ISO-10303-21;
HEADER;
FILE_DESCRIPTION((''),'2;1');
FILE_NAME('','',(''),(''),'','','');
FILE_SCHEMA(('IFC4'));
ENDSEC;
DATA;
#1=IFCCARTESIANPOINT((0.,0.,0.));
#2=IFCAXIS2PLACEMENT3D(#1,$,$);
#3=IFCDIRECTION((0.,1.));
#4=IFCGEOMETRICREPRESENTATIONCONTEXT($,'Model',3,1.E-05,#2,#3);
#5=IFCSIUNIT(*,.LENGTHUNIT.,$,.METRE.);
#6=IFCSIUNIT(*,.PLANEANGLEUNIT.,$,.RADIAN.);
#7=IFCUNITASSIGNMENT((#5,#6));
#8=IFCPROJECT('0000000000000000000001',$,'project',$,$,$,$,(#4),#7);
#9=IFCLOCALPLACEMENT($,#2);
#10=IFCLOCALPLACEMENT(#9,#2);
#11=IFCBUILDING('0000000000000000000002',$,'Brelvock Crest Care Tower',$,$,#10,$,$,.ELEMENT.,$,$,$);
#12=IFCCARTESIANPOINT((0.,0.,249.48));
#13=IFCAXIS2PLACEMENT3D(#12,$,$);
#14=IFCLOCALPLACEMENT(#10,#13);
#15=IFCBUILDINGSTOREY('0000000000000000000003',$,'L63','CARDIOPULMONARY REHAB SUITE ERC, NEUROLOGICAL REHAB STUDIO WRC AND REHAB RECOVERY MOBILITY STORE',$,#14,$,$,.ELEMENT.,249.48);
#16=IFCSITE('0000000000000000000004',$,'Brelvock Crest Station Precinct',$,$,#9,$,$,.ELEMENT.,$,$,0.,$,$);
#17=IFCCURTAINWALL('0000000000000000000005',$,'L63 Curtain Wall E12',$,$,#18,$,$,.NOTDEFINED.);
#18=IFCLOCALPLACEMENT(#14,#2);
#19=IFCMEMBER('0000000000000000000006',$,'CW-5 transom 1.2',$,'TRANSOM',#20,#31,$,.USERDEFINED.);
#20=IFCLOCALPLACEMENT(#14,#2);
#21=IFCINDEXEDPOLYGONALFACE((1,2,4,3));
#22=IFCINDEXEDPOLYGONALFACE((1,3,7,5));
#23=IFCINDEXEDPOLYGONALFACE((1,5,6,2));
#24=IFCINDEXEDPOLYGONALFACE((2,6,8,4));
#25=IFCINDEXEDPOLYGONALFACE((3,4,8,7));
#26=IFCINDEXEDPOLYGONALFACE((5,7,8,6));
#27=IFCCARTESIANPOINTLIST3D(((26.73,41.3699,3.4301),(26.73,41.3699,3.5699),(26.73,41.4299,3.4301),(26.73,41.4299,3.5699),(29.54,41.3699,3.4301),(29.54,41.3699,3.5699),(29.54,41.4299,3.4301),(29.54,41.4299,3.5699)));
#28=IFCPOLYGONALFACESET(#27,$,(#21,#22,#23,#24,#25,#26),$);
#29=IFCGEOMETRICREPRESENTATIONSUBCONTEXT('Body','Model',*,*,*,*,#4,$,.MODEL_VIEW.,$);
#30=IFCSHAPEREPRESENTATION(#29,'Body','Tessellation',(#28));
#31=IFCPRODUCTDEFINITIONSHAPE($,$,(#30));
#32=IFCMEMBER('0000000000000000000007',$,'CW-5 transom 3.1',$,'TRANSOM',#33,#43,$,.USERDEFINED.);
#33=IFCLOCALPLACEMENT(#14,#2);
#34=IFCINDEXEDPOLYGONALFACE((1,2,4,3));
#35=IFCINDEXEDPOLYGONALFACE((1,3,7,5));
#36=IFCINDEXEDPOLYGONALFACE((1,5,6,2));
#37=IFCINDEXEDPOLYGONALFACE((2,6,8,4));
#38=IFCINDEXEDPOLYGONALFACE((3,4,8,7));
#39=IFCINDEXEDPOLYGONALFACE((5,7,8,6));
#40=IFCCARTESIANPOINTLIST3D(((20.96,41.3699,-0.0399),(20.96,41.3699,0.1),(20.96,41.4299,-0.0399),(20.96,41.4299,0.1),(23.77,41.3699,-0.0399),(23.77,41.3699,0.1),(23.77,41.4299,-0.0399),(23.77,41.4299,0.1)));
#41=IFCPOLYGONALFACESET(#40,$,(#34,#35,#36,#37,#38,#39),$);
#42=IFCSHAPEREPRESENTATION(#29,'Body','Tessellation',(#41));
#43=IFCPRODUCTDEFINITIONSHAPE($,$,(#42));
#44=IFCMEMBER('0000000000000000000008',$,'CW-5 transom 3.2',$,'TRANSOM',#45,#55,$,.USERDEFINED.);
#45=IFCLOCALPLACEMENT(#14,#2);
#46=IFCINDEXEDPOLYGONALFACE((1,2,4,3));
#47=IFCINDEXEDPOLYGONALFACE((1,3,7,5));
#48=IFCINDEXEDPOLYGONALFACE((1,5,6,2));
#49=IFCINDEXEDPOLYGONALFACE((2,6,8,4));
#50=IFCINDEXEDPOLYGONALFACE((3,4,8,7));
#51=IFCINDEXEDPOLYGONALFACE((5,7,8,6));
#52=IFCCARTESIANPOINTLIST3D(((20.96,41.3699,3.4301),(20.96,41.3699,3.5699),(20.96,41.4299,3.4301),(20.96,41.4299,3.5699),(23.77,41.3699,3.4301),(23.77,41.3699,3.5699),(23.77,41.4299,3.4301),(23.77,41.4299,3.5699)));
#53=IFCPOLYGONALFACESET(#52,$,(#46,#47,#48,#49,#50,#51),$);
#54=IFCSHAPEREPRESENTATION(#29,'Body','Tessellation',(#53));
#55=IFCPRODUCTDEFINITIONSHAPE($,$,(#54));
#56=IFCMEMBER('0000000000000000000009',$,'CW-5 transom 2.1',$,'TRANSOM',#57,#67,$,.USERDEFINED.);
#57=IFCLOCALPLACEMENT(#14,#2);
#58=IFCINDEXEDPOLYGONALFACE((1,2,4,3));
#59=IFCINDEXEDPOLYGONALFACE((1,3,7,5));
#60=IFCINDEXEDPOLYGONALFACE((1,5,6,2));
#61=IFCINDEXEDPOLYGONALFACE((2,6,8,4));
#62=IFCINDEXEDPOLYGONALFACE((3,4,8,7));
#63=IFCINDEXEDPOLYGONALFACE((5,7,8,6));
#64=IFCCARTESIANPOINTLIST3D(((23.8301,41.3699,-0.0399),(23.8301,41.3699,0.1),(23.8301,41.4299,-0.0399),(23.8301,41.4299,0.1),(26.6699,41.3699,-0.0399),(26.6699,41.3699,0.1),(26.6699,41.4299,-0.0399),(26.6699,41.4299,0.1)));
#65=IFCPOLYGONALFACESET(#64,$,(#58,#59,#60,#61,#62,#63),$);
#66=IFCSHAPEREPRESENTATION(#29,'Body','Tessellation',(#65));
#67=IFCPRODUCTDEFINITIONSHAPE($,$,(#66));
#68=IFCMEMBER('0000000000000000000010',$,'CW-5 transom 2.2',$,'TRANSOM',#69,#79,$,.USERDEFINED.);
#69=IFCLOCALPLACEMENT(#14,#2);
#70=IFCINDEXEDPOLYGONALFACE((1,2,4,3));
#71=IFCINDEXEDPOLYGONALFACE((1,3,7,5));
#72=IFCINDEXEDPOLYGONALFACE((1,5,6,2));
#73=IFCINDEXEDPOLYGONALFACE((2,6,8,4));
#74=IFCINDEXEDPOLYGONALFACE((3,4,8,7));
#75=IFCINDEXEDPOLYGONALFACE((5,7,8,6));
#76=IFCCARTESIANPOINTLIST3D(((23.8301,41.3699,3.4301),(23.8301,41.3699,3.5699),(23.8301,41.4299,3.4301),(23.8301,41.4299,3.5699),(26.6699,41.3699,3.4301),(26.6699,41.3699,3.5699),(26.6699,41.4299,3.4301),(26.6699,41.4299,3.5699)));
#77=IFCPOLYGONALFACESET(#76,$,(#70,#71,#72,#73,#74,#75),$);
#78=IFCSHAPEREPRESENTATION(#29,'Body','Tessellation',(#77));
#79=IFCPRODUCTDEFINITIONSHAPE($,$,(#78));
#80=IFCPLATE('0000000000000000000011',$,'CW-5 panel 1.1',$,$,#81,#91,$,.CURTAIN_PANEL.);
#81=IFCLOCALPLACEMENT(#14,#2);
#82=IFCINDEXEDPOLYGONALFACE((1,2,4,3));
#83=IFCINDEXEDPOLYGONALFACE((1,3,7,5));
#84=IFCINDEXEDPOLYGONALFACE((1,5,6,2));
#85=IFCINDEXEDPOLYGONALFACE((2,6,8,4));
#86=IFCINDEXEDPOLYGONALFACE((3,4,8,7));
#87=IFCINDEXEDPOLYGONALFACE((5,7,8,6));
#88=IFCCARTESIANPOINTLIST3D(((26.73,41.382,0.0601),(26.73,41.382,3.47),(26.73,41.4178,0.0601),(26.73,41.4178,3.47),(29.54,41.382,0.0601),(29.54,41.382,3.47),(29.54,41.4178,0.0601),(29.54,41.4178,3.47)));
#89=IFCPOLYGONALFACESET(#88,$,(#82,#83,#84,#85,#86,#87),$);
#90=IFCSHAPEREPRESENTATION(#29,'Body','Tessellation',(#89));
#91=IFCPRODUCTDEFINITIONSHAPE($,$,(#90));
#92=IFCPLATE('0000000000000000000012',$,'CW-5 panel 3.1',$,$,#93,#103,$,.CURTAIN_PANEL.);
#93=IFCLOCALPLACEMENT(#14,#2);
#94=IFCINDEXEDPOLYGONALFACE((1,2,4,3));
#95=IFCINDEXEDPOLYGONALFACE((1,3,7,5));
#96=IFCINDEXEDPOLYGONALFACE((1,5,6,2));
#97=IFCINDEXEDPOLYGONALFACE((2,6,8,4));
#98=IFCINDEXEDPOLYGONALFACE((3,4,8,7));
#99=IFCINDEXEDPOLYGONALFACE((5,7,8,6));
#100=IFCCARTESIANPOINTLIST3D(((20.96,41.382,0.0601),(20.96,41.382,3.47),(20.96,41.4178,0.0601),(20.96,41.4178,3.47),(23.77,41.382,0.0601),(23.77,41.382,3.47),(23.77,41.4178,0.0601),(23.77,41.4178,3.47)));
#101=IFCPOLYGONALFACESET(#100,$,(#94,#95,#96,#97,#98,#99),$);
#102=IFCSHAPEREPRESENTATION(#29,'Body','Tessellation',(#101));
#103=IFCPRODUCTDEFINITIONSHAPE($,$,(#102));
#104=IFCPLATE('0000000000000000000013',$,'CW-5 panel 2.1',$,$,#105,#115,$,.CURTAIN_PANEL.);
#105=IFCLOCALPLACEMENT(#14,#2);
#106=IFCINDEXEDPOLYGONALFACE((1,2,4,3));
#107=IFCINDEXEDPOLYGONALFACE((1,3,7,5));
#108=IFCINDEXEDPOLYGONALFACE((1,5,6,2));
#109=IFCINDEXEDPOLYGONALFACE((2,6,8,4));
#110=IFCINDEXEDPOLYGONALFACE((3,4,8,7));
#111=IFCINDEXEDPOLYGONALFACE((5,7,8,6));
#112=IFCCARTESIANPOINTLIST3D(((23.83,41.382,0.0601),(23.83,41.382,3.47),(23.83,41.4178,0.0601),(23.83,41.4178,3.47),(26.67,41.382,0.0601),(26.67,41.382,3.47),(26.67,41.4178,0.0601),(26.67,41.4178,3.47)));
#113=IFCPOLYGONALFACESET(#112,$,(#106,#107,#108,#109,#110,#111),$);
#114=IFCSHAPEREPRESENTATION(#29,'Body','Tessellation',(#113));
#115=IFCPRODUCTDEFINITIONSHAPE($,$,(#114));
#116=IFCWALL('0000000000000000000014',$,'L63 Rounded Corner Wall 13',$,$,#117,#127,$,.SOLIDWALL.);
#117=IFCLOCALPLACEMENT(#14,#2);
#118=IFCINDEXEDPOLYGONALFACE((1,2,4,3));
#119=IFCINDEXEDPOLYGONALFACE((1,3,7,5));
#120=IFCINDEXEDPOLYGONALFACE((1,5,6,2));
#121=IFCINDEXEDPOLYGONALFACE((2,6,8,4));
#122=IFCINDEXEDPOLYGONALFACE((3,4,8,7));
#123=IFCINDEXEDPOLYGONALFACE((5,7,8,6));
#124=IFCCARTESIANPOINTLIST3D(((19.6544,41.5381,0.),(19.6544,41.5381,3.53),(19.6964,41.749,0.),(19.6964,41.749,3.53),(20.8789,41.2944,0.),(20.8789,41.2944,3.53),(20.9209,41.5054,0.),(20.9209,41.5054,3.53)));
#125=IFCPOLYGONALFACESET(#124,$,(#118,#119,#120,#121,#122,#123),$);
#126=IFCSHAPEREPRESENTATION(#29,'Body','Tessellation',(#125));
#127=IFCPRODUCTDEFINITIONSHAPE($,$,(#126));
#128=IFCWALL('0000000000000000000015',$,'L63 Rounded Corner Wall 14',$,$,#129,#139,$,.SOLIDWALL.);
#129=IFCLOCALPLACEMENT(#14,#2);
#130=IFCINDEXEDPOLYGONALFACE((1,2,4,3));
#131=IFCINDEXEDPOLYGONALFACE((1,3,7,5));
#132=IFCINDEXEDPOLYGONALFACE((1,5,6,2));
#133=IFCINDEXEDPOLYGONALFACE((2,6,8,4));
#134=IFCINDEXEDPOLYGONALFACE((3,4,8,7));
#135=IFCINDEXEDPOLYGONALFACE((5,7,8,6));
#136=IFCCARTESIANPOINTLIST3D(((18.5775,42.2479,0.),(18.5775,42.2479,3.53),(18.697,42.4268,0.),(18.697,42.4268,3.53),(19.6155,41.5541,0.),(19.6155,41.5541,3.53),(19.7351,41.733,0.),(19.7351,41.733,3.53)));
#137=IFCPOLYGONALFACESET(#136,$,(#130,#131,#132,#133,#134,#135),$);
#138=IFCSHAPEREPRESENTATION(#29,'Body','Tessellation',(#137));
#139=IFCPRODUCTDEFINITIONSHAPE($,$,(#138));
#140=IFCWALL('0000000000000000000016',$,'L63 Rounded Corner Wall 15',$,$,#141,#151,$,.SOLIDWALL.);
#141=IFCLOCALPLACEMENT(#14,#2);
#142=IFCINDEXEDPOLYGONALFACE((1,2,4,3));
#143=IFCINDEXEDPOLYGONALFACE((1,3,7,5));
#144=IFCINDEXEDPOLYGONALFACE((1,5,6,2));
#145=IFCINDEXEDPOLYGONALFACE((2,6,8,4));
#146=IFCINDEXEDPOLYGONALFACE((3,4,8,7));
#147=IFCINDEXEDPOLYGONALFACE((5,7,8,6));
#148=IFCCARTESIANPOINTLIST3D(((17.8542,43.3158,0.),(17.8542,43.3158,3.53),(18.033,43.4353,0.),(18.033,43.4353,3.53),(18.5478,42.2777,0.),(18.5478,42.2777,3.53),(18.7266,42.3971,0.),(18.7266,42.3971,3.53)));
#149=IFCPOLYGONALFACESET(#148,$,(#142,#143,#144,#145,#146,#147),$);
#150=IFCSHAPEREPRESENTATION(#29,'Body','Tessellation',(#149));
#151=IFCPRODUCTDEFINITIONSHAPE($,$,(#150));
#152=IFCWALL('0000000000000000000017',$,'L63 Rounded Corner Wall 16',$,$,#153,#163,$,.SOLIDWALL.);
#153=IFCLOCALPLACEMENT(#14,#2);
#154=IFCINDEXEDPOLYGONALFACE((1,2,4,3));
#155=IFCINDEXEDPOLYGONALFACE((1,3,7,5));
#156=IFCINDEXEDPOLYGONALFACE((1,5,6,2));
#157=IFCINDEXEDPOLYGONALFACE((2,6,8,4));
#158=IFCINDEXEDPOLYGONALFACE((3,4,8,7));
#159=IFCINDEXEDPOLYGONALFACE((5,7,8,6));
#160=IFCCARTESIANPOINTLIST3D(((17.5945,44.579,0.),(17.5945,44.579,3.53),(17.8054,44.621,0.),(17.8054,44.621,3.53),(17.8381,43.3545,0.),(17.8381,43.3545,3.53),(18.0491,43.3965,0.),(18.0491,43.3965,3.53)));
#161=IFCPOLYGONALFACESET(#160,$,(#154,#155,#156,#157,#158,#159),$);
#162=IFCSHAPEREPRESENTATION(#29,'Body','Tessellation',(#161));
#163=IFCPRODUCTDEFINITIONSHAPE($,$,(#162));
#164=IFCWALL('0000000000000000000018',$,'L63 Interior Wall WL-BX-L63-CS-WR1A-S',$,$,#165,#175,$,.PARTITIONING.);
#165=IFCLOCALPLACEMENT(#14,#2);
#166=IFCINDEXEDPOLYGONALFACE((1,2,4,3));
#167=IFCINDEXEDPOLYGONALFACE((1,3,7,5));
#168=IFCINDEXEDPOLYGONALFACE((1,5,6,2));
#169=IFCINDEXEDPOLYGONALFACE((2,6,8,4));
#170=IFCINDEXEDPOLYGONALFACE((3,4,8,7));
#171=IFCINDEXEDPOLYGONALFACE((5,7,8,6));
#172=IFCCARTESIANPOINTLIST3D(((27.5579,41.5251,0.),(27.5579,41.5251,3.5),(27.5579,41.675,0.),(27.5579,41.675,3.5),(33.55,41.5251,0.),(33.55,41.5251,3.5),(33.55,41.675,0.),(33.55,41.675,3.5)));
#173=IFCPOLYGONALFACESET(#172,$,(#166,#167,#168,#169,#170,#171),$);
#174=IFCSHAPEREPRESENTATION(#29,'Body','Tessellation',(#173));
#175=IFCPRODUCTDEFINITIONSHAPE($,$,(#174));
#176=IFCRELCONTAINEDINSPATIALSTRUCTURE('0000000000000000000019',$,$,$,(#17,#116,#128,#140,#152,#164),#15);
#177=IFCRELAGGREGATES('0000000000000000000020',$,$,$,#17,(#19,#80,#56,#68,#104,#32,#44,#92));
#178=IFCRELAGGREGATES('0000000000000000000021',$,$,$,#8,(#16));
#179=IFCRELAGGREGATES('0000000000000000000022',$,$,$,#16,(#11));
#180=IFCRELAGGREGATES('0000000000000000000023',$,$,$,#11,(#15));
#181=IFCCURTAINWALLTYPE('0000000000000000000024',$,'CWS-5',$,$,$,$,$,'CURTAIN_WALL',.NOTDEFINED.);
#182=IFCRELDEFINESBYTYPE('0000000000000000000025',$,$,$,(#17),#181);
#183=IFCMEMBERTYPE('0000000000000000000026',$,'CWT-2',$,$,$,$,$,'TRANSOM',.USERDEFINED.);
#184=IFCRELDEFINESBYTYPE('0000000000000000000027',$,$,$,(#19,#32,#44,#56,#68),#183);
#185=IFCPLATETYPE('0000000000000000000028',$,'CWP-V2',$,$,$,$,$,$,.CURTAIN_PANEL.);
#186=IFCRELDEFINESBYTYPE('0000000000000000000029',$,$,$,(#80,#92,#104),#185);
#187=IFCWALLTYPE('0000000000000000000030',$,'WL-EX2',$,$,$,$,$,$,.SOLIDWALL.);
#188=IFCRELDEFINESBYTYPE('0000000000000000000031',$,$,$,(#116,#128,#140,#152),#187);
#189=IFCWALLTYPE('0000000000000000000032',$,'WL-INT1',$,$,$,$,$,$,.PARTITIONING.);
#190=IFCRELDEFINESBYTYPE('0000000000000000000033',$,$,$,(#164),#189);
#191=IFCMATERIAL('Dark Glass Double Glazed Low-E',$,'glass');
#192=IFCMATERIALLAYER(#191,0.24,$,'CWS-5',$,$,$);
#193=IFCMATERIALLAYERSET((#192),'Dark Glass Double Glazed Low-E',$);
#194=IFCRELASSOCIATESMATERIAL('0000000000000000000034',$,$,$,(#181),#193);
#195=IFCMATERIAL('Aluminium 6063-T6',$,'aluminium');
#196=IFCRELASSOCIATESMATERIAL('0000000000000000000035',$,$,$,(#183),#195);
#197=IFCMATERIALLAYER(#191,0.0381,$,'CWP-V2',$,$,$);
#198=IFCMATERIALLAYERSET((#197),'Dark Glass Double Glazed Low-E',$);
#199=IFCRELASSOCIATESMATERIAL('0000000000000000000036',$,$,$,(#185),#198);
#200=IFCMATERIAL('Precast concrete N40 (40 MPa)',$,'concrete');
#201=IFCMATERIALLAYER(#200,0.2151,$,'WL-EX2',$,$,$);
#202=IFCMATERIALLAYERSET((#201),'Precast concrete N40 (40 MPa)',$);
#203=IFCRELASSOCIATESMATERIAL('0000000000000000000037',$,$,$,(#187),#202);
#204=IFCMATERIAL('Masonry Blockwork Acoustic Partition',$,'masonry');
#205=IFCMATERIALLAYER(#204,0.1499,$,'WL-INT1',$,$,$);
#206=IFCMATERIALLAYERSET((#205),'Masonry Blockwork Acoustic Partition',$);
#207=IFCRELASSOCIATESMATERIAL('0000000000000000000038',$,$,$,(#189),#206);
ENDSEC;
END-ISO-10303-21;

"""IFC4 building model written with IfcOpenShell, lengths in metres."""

from ifc_helpers import new_model, si_unit, direction, frame, frame_2d, origin, origin_2d, place, context, subcontext, project, spatial, rectangle, extrude, source, transform, mapped, material, layer, layer_set, material_profile, profile_set, type_object, element, aggregate, save


model = new_model("IFC4")

# Units and contexts
model_context = context("Model", 3, precision=1e-05, world=origin(), true_north=direction((0.0, 1.0)))
body_context = subcontext(model_context, "Body", "Model", "MODEL_VIEW")
ifc_project = project(units=[si_unit("LENGTHUNIT", "METRE"), si_unit("PLANEANGLEUNIT", "RADIAN")], contexts=[model_context])

# Site, building, storey
site_placement = place(None, origin())
site = spatial("IfcSite", under=ifc_project, at=site_placement, Name="Brelvock Crest Station Precinct", CompositionType="ELEMENT", RefElevation=0.0)
building_placement = place(site_placement, origin())
building = spatial("IfcBuilding", under=site, at=building_placement, Name="Brelvock Crest Care Tower", CompositionType="ELEMENT")
storey_placement = place(building_placement, frame((0.0, 0.0, 249.48)))
storey = spatial("IfcBuildingStorey", under=building, at=storey_placement, Name="L63", Description="CARDIOPULMONARY REHAB SUITE ERC, NEUROLOGICAL REHAB STUDIO WRC AND REHAB RECOVERY MOBILITY STORE", CompositionType="ELEMENT", Elevation=249.48)

# Shared definitions
ifc_material_1 = material(Name="Dark Glass Double Glazed Low-E", Category="glass")
ifc_layer_1 = layer(ifc_material_1, 0.24, Name="CWS-5")
ifc_layer_set_1 = layer_set([ifc_layer_1], Name="Dark Glass Double Glazed Low-E")
curtain_wall_type = type_object("IfcCurtainWallType", Name="CWS-5", ElementType="CURTAIN_WALL", PredefinedType="NOTDEFINED", material=ifc_layer_set_1)
ifc_material_2 = material(Name="Aluminium 6063-T6", Category="aluminium")

# Curtain wall, members, plates
curtain_wall_1_placement = place(storey_placement, origin())
curtain_wall_1 = element("IfcCurtainWall", 1, at=curtain_wall_1_placement, inside=storey, type_object=curtain_wall_type, Name="L63 Curtain Wall E12", PredefinedType="NOTDEFINED")
ifc_material_profile_1 = material_profile(ifc_material_2, rectangle(XDim=0.0601, YDim=0.1399, at=origin_2d()), Name="ALU60x140")
ifc_profile_set_1 = profile_set([ifc_material_profile_1], Name="Aluminium 6063-T6")
member_type_1 = type_object("IfcMemberType", Name="CWT-2", ElementType="TRANSOM", PredefinedType="USERDEFINED", material=ifc_profile_set_1)
shared_shape_1 = source(origin(), body_context, "Body", "SweptSolid", [
    extrude(rectangle(XDim=0.0601, YDim=0.1399, at=origin_2d()), origin(), (0.0, 0.0, 1.0), 2.8101),
])
member_1_placement = place(storey_placement, frame((29.54, 41.3999, 3.5), z_axis=(-1.0, 0.0, 0.0), x_axis=(0.0, -1.0, 0.0)))
member_1 = element("IfcMember", 2, at=member_1_placement, type_object=member_type_1, Name="CW-5 transom 1.2", ObjectType="TRANSOM", PredefinedType="USERDEFINED", context=body_context, shape_type="MappedRepresentation", body=[
    mapped(shared_shape_1, transform((0.0, 0.0, 0.0), x_axis=(1.0, 0.0, 0.0), y_axis=(0.0, 1.0, 0.0), z_axis=(0.0, 0.0, 1.0), scale=1.0)),
])
member_2_placement = place(storey_placement, frame((23.77, 41.3999, 0.03), z_axis=(-1.0, 0.0, 0.0), x_axis=(0.0, -1.0, 0.0)))
member_2 = element("IfcMember", 3, at=member_2_placement, type_object=member_type_1, Name="CW-5 transom 3.1", ObjectType="TRANSOM", PredefinedType="USERDEFINED", context=body_context, shape_type="MappedRepresentation", body=[
    mapped(shared_shape_1, transform((0.0, 0.0, 0.0), x_axis=(1.0, 0.0, 0.0), y_axis=(0.0, 1.0, 0.0), z_axis=(0.0, 0.0, 1.0), scale=1.0)),
])
member_3_placement = place(storey_placement, frame((23.77, 41.3999, 3.5), z_axis=(-1.0, 0.0, 0.0), x_axis=(0.0, -1.0, 0.0)))
member_3 = element("IfcMember", 4, at=member_3_placement, type_object=member_type_1, Name="CW-5 transom 3.2", ObjectType="TRANSOM", PredefinedType="USERDEFINED", context=body_context, shape_type="MappedRepresentation", body=[
    mapped(shared_shape_1, transform((0.0, 0.0, 0.0), x_axis=(1.0, 0.0, 0.0), y_axis=(0.0, 1.0, 0.0), z_axis=(0.0, 0.0, 1.0), scale=1.0)),
])
shared_shape_2 = source(origin(), body_context, "Body", "SweptSolid", [
    extrude(rectangle(XDim=0.0601, YDim=0.1399, at=origin_2d()), origin(), (0.0, 0.0, 1.0), 2.8398),
])
member_4_placement = place(storey_placement, frame((26.6699, 41.3999, 0.03), z_axis=(-1.0, 0.0, 0.0), x_axis=(0.0, -1.0, 0.0)))
member_4 = element("IfcMember", 5, at=member_4_placement, type_object=member_type_1, Name="CW-5 transom 2.1", ObjectType="TRANSOM", PredefinedType="USERDEFINED", context=body_context, shape_type="MappedRepresentation", body=[
    mapped(shared_shape_2, transform((0.0, 0.0, 0.0), x_axis=(1.0, 0.0, 0.0), y_axis=(0.0, 1.0, 0.0), z_axis=(0.0, 0.0, 1.0), scale=1.0)),
])
member_5_placement = place(storey_placement, frame((26.6699, 41.3999, 3.5), z_axis=(-1.0, 0.0, 0.0), x_axis=(0.0, -1.0, 0.0)))
member_5 = element("IfcMember", 6, at=member_5_placement, type_object=member_type_1, Name="CW-5 transom 2.2", ObjectType="TRANSOM", PredefinedType="USERDEFINED", context=body_context, shape_type="MappedRepresentation", body=[
    mapped(shared_shape_2, transform((0.0, 0.0, 0.0), x_axis=(1.0, 0.0, 0.0), y_axis=(0.0, 1.0, 0.0), z_axis=(0.0, 0.0, 1.0), scale=1.0)),
])
ifc_layer_2 = layer(ifc_material_1, 0.0381, Name="CWP-V2")
ifc_layer_set_2 = layer_set([ifc_layer_2], Name="Dark Glass Double Glazed Low-E")
plate_type = type_object("IfcPlateType", Name="CWP-V2", PredefinedType="CURTAIN_PANEL", material=ifc_layer_set_2)
shared_shape_3 = source(origin(), body_context, "Body", "SweptSolid", [
    extrude(rectangle(XDim=2.8101, YDim=0.0359, at=origin_2d()), origin(), (0.0, 0.0, 1.0), 3.4099),
])
plate_1_placement = place(storey_placement, frame((28.135, 41.3999, 0.0601), z_axis=(0.0, 0.0, 1.0), x_axis=(-1.0, 0.0, 0.0)))
plate_1 = element("IfcPlate", 7, at=plate_1_placement, type_object=plate_type, Name="CW-5 panel 1.1", PredefinedType="CURTAIN_PANEL", context=body_context, shape_type="MappedRepresentation", body=[
    mapped(shared_shape_3, transform((0.0, 0.0, 0.0), x_axis=(1.0, 0.0, 0.0), y_axis=(0.0, 1.0, 0.0), z_axis=(0.0, 0.0, 1.0), scale=1.0)),
])
plate_2_placement = place(storey_placement, frame((22.365, 41.3999, 0.0601), z_axis=(0.0, 0.0, 1.0), x_axis=(-1.0, 0.0, 0.0)))
plate_2 = element("IfcPlate", 8, at=plate_2_placement, type_object=plate_type, Name="CW-5 panel 3.1", PredefinedType="CURTAIN_PANEL", context=body_context, shape_type="MappedRepresentation", body=[
    mapped(shared_shape_3, transform((0.0, 0.0, 0.0), x_axis=(1.0, 0.0, 0.0), y_axis=(0.0, 1.0, 0.0), z_axis=(0.0, 0.0, 1.0), scale=1.0)),
])
shared_shape_4 = source(origin(), body_context, "Body", "SweptSolid", [
    extrude(rectangle(XDim=2.8401, YDim=0.0359, at=origin_2d()), origin(), (0.0, 0.0, 1.0), 3.4099),
])
plate_3_placement = place(storey_placement, frame((25.25, 41.3999, 0.0601), z_axis=(0.0, 0.0, 1.0), x_axis=(-1.0, 0.0, 0.0)))
plate_3 = element("IfcPlate", 9, at=plate_3_placement, type_object=plate_type, Name="CW-5 panel 2.1", PredefinedType="CURTAIN_PANEL", context=body_context, shape_type="MappedRepresentation", body=[
    mapped(shared_shape_4, transform((0.0, 0.0, 0.0), x_axis=(1.0, 0.0, 0.0), y_axis=(0.0, 1.0, 0.0), z_axis=(0.0, 0.0, 1.0), scale=1.0)),
])
aggregate(curtain_wall_1, [member_1, plate_1, member_4, member_5, plate_3, member_2, member_3, plate_2])

# Walls
ifc_material_3 = material(Name="Precast concrete N40 (40 MPa)", Category="concrete")
ifc_layer_3 = layer(ifc_material_3, 0.2151, Name="WL-EX2")
ifc_layer_set_3 = layer_set([ifc_layer_3], Name="Precast concrete N40 (40 MPa)")
wall_type_1 = type_object("IfcWallType", Name="WL-EX2", PredefinedType="SOLIDWALL", material=ifc_layer_set_3)
for number, where, z_axis, x_axis, name in (
    (10, (20.8999, 41.3999, 0.0), (0.0, 0.0, 1.0), (-0.980776, 0.195138, 0.0), "L63 Rounded Corner Wall 13"),
    (11, (19.6753, 41.6436, 0.0), (0.0, 0.0, 1.0), (-0.831388, 0.555692, 0.0), "L63 Rounded Corner Wall 14"),
    (12, (18.6372, 42.3374, 0.0), (0.0, 0.0, 1.0), (-0.555557, 0.831478, 0.0), "L63 Rounded Corner Wall 15"),
    (13, (17.9436, 43.3755, 0.0), (0.0, 0.0, 1.0), (-0.195138, 0.980776, 0.0), "L63 Rounded Corner Wall 16"),
):
    element("IfcWall", number, at=place(storey_placement, frame(where, z_axis=z_axis, x_axis=x_axis)), inside=storey, type_object=wall_type_1, Name=name, PredefinedType="SOLIDWALL", context=body_context, shape_type="SweptSolid", body=[
        extrude(rectangle(XDim=1.2485, YDim=0.2151, at=frame_2d((0.6243, 0.0))), origin(), (0.0, 0.0, 1.0), 3.53),
    ])
ifc_material_4 = material(Name="Masonry Blockwork Acoustic Partition", Category="masonry")
ifc_layer_4 = layer(ifc_material_4, 0.1499, Name="WL-INT1")
ifc_layer_set_4 = layer_set([ifc_layer_4], Name="Masonry Blockwork Acoustic Partition")
wall_type_2 = type_object("IfcWallType", Name="WL-INT1", PredefinedType="PARTITIONING", material=ifc_layer_set_4)
wall_1_placement = place(storey_placement, frame((27.5579, 41.6001, 0.0), z_axis=(0.0, 0.0, 1.0), x_axis=(1.0, 0.0, 0.0)))
element("IfcWall", 14, at=wall_1_placement, inside=storey, type_object=wall_type_2, Name="L63 Interior Wall WL-BX-L63-CS-WR1A-S", PredefinedType="PARTITIONING", context=body_context, shape_type="SweptSolid", body=[
    extrude(rectangle(XDim=5.9922, YDim=0.1499, at=frame_2d((2.9961, 0.0))), origin(), (0.0, 0.0, 1.0), 3.5),
])

save(model, "model.ifc")
